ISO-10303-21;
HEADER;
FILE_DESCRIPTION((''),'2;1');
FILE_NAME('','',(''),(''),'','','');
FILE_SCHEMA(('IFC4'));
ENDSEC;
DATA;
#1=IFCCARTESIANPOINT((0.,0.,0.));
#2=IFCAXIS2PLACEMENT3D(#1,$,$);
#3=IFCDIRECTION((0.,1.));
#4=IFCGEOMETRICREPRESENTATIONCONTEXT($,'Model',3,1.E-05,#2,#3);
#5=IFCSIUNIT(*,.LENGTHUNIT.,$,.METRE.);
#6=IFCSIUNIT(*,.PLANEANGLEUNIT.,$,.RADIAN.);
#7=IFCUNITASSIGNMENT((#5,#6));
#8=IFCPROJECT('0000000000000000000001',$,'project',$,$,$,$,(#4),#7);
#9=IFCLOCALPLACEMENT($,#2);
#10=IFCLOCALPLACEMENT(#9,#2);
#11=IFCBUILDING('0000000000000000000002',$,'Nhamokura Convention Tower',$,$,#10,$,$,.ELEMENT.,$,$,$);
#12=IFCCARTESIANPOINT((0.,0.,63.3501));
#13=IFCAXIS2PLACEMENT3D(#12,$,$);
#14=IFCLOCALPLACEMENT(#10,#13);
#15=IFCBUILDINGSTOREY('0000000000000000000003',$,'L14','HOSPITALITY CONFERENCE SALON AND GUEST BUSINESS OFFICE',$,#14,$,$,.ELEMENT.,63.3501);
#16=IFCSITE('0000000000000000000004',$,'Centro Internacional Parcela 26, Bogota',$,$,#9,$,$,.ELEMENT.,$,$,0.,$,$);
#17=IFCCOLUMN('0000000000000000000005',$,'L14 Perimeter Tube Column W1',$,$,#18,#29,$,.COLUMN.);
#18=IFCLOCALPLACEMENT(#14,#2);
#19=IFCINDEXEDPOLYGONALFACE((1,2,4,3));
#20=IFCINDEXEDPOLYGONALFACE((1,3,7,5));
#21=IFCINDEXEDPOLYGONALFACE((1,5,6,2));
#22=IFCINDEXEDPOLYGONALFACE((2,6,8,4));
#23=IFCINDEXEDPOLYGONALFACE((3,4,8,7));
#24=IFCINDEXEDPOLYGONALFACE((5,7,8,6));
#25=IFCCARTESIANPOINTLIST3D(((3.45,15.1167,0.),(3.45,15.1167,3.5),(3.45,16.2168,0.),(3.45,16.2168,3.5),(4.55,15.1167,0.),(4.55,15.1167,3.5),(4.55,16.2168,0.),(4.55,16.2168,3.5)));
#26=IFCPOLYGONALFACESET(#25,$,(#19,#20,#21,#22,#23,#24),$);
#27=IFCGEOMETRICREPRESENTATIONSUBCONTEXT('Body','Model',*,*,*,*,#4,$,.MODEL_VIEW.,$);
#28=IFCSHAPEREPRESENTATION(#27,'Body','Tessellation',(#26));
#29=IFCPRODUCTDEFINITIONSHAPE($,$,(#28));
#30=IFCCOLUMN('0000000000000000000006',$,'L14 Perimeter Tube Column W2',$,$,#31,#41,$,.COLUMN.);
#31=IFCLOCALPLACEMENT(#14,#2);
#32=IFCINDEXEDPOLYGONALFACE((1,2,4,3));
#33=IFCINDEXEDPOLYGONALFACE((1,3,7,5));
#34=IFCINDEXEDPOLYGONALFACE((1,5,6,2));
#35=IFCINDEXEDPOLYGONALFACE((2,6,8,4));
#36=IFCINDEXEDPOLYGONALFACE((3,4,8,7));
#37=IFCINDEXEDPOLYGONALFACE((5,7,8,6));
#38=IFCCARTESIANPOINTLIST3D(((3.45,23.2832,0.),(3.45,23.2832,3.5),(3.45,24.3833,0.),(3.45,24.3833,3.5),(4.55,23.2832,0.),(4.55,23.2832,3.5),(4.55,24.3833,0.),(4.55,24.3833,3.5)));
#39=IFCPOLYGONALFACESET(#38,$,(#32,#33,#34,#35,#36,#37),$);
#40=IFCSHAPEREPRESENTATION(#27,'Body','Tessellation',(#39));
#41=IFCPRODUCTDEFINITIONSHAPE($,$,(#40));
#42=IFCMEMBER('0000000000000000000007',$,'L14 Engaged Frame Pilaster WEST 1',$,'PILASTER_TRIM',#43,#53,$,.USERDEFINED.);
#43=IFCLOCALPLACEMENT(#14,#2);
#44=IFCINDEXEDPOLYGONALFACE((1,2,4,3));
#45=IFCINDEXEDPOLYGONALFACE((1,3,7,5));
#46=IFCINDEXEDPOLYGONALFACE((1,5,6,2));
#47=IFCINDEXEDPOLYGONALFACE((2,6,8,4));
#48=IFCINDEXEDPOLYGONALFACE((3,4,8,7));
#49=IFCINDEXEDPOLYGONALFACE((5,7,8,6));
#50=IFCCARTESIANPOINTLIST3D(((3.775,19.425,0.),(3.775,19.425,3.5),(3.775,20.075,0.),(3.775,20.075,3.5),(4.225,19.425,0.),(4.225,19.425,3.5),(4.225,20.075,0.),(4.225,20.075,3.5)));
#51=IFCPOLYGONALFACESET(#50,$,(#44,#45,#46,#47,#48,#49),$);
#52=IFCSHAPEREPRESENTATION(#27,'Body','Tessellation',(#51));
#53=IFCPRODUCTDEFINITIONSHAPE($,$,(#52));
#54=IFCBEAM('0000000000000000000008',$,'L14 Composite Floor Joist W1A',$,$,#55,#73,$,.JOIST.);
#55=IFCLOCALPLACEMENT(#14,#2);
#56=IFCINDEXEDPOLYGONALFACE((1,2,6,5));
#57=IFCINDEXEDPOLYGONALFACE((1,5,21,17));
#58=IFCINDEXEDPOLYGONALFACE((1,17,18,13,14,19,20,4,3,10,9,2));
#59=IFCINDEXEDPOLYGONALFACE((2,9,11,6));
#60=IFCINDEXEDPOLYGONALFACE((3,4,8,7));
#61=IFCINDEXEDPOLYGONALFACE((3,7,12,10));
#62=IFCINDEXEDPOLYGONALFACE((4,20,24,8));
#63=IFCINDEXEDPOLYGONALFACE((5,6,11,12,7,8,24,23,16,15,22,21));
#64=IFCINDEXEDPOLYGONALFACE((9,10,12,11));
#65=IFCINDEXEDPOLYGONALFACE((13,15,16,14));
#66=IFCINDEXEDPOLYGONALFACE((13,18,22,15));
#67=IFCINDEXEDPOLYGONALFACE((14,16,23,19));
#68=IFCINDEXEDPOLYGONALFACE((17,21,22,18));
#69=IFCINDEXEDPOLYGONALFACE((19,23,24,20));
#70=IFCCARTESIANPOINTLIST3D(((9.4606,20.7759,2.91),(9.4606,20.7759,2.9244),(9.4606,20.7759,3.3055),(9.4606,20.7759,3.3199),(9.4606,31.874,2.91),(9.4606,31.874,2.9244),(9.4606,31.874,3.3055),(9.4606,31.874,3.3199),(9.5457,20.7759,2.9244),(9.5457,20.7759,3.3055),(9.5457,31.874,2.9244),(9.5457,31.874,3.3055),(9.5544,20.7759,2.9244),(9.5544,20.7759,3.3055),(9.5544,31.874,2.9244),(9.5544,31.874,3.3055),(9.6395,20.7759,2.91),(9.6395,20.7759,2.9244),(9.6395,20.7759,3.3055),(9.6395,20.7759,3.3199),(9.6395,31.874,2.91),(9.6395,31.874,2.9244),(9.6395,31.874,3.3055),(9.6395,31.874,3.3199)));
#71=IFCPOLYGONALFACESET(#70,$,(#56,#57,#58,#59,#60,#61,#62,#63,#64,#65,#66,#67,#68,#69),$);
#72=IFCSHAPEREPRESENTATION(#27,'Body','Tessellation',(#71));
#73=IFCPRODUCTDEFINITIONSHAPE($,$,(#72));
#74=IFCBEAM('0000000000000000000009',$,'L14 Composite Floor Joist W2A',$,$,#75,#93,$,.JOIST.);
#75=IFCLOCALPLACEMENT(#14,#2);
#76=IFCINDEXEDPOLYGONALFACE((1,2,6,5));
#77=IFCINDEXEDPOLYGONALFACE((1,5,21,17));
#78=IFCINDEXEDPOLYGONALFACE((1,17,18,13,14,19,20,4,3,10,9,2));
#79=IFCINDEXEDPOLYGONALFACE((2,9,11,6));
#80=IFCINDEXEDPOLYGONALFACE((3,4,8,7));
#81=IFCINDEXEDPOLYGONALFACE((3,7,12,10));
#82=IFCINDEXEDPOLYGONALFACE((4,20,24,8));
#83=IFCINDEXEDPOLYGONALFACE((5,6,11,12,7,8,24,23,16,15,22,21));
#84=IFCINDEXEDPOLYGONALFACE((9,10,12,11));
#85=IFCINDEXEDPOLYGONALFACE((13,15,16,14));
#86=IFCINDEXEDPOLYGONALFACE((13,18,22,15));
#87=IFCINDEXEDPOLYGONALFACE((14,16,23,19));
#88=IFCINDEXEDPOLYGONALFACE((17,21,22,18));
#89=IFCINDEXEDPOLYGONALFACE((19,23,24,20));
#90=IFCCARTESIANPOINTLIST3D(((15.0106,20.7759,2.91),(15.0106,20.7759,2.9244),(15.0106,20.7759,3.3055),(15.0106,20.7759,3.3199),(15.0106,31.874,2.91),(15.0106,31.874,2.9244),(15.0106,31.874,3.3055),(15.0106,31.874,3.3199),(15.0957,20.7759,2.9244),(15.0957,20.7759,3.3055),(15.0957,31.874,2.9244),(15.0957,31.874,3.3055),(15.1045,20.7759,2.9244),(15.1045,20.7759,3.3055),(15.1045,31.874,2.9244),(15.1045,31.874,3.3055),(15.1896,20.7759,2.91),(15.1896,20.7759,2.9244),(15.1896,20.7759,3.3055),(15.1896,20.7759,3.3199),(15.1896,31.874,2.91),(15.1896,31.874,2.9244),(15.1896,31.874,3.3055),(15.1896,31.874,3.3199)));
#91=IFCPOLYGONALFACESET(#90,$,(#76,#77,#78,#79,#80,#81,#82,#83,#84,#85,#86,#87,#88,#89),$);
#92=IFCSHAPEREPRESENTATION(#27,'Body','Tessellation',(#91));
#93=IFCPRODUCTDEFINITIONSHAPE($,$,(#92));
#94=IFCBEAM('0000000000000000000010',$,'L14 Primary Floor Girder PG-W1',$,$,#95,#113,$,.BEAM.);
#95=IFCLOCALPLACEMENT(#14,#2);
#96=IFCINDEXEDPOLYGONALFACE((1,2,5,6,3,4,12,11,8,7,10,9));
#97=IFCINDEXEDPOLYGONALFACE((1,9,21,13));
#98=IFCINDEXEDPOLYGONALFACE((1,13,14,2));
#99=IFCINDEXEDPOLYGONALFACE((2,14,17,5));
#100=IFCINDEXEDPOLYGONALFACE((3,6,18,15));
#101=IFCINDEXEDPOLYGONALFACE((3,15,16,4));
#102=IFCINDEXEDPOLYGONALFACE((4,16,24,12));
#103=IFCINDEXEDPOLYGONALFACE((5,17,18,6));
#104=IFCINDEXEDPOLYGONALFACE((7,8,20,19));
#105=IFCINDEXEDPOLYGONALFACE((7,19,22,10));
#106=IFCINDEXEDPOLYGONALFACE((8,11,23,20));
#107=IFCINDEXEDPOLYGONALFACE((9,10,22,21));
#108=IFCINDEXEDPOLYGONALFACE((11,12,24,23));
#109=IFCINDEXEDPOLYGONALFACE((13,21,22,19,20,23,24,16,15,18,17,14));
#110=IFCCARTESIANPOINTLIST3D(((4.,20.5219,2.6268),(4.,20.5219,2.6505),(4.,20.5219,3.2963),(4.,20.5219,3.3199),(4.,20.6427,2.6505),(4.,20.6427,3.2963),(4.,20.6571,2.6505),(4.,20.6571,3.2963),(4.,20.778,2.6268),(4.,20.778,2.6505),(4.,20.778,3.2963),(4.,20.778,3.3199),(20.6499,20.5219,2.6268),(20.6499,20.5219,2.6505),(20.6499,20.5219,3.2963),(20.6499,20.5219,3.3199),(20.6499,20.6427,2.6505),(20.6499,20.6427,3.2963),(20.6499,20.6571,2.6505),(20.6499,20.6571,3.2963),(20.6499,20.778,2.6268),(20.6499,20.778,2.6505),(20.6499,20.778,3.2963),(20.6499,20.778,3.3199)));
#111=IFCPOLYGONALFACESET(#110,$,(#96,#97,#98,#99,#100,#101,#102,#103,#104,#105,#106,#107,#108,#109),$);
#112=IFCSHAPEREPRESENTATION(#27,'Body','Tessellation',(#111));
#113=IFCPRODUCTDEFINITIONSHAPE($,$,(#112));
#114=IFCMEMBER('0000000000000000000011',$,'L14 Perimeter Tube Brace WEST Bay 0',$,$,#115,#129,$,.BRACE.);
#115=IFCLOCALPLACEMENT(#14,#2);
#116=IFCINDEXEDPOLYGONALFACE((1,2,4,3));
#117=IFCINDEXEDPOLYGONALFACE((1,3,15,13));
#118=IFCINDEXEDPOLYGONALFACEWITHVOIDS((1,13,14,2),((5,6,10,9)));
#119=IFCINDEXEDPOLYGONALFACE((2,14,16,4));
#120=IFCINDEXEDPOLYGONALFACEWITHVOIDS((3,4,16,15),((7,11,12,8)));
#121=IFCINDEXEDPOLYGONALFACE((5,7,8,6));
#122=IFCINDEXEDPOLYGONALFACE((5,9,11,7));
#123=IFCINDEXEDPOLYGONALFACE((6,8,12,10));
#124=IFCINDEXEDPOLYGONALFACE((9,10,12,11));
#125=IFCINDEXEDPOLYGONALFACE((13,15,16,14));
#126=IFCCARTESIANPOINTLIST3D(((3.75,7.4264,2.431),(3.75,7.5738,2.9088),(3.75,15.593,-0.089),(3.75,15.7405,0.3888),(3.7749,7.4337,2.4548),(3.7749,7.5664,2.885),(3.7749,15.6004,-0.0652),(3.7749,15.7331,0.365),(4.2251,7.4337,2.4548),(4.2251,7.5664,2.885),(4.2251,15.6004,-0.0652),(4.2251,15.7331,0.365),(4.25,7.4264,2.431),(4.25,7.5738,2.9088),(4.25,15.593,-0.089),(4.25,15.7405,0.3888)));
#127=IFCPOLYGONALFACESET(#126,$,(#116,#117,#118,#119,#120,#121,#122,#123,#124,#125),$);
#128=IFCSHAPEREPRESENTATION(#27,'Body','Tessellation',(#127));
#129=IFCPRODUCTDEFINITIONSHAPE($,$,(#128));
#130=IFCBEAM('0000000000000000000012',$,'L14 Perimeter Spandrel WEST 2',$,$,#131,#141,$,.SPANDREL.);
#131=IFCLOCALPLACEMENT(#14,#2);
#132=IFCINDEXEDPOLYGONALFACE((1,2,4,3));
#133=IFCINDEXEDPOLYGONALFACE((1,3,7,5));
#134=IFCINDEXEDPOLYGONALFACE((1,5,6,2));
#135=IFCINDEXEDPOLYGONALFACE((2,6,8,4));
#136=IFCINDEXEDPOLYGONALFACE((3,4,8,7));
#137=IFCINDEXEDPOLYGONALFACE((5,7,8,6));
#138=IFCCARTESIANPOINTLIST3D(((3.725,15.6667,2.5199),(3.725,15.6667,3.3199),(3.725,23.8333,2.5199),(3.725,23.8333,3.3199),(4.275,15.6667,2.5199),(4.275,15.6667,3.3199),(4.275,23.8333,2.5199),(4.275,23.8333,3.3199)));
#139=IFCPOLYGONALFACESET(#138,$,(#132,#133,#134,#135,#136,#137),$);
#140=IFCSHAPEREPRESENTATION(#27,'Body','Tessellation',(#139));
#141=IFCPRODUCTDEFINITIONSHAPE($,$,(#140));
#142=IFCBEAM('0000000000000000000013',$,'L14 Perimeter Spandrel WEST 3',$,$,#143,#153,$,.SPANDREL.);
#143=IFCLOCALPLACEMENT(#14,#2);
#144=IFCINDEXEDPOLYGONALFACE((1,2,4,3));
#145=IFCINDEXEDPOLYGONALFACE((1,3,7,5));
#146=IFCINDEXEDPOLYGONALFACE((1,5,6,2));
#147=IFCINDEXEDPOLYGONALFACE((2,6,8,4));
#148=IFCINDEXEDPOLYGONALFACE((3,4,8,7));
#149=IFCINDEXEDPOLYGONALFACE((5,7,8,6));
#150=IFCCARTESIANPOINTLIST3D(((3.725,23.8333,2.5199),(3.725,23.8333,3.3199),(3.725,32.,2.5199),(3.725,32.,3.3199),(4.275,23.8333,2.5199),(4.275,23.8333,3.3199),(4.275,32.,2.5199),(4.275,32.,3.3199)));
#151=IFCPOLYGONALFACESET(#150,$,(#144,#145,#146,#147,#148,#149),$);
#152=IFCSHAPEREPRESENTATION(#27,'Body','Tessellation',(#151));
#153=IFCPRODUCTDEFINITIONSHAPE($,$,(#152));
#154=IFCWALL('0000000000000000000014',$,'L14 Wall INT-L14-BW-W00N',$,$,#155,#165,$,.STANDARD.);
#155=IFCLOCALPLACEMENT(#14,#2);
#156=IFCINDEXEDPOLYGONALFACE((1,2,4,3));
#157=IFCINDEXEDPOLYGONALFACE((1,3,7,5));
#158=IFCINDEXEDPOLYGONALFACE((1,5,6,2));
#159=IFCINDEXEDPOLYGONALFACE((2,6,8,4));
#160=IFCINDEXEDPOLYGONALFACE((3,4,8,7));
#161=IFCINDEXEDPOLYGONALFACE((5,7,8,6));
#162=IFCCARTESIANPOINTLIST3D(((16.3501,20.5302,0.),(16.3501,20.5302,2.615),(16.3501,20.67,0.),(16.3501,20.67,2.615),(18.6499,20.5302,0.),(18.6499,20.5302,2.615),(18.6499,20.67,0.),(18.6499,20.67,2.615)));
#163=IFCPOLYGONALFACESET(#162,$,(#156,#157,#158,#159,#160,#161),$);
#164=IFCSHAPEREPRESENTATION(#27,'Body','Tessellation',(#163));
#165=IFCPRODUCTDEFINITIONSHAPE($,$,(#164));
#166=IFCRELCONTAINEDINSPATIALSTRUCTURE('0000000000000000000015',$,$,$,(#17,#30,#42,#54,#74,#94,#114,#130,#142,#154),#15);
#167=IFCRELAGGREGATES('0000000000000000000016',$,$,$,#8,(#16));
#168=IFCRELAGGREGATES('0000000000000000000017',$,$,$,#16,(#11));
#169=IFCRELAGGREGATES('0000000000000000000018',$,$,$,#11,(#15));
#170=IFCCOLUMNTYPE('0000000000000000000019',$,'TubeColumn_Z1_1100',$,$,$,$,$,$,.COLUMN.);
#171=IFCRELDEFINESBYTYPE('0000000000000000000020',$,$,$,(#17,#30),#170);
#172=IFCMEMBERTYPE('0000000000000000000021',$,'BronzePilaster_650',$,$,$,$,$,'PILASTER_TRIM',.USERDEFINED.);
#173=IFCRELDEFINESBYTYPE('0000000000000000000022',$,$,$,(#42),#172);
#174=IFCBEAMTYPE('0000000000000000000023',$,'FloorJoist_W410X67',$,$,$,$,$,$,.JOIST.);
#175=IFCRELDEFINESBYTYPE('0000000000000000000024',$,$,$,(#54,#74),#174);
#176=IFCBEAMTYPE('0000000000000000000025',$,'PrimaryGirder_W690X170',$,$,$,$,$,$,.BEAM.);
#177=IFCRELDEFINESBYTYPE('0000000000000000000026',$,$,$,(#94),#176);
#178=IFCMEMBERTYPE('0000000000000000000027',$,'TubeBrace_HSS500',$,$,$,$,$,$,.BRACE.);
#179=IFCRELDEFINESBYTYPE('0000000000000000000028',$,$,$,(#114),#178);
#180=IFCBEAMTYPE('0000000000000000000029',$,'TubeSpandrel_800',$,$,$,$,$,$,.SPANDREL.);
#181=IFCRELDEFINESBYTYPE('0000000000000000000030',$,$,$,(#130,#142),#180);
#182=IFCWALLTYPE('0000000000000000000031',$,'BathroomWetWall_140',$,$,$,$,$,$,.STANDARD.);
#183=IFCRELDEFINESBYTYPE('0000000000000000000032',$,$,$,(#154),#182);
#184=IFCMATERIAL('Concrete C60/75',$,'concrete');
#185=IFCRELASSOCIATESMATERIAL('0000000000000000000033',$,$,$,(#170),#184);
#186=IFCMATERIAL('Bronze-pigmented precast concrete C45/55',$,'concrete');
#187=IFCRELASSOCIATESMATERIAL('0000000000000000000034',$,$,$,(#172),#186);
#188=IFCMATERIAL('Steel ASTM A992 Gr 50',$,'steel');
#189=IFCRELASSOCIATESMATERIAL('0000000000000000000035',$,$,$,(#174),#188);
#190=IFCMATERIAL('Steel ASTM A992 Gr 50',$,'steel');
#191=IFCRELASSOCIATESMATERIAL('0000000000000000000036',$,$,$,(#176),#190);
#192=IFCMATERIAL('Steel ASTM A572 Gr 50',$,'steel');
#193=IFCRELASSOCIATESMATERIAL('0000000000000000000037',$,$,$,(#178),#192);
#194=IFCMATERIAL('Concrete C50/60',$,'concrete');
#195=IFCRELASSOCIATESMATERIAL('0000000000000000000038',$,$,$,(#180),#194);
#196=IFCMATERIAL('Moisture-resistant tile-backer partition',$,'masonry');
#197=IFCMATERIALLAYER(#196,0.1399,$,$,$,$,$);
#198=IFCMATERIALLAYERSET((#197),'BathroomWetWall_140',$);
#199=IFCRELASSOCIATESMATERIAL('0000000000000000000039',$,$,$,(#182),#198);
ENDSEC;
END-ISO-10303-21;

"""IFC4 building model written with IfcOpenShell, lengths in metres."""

from ifc_helpers import new_model, si_unit, direction, frame, frame_2d, origin, origin_2d, place, context, subcontext, project, spatial, rectangle, hollow_rectangle, i_section, extrude, material, layer, layer_set, material_profile, profile_set, type_object, element, save


model = new_model("IFC4")

# Units and contexts
model_context = context("Model", 3, precision=1e-05, world=origin(), true_north=direction((0.0, 1.0)))
body_context = subcontext(model_context, "Body", "Model", "MODEL_VIEW")
ifc_project = project(units=[si_unit("LENGTHUNIT", "METRE"), si_unit("PLANEANGLEUNIT", "RADIAN")], contexts=[model_context])

# Site, building, storey
site_placement = place(None, origin())
site = spatial("IfcSite", under=ifc_project, at=site_placement, Name="Centro Internacional Parcela 26, Bogota", CompositionType="ELEMENT", RefElevation=0.0)
building_placement = place(site_placement, origin())
building = spatial("IfcBuilding", under=site, at=building_placement, Name="Nhamokura Convention Tower", CompositionType="ELEMENT")
storey_placement = place(building_placement, frame((0.0, 0.0, 63.3501)))
storey = spatial("IfcBuildingStorey", under=building, at=storey_placement, Name="L14", Description="HOSPITALITY CONFERENCE SALON AND GUEST BUSINESS OFFICE", CompositionType="ELEMENT", Elevation=63.3501)

# Columns
ifc_material_1 = material(Name="Concrete C60/75", Category="concrete")
ifc_material_profile_1 = material_profile(ifc_material_1, rectangle(XDim=1.1001, YDim=1.1001, at=origin_2d()))
ifc_profile_set_1 = profile_set([ifc_material_profile_1], Name="Concrete C60/75")
column_type = type_object("IfcColumnType", Name="TubeColumn_Z1_1100", PredefinedType="COLUMN", material=ifc_profile_set_1)
for number, where, z_axis, x_axis, name in (
    (1, (4.0, 15.6667, 0.0), (0.0, 0.0, 1.0), (1.0, 0.0, 0.0), "L14 Perimeter Tube Column W1"),
    (2, (4.0, 23.8333, 0.0), (0.0, 0.0, 1.0), (1.0, 0.0, 0.0), "L14 Perimeter Tube Column W2"),
):
    element("IfcColumn", number, at=place(storey_placement, frame(where, z_axis=z_axis, x_axis=x_axis)), inside=storey, type_object=column_type, Name=name, PredefinedType="COLUMN", context=body_context, shape_type="SweptSolid", body=[
        extrude(rectangle(XDim=1.1001, YDim=1.1001, at=origin_2d()), origin(), (0.0, 0.0, 1.0), 3.5),
    ])

# Member
ifc_material_2 = material(Name="Bronze-pigmented precast concrete C45/55", Category="concrete")
ifc_material_profile_2 = material_profile(ifc_material_2, rectangle(XDim=0.45, YDim=0.6499, at=origin_2d()))
ifc_profile_set_2 = profile_set([ifc_material_profile_2], Name="Bronze-pigmented precast concrete C45/55")
member_type_1 = type_object("IfcMemberType", Name="BronzePilaster_650", ElementType="PILASTER_TRIM", PredefinedType="USERDEFINED", material=ifc_profile_set_2)
member_1_placement = place(storey_placement, frame((4.0, 19.75, 0.0), z_axis=(0.0, 0.0, 1.0), x_axis=(1.0, 0.0, 0.0)))
element("IfcMember", 3, at=member_1_placement, inside=storey, type_object=member_type_1, Name="L14 Engaged Frame Pilaster WEST 1", ObjectType="PILASTER_TRIM", PredefinedType="USERDEFINED", context=body_context, shape_type="SweptSolid", body=[
    extrude(rectangle(XDim=0.45, YDim=0.6499, at=origin_2d()), origin(), (0.0, 0.0, 1.0), 3.5),
])

# Beams
ifc_material_3 = material(Name="Steel ASTM A992 Gr 50", Category="steel")
ifc_material_profile_3 = material_profile(ifc_material_3, i_section(OverallWidth=0.179, OverallDepth=0.4099, WebThickness=0.0088, FlangeThickness=0.0144, at=origin_2d()))
ifc_profile_set_3 = profile_set([ifc_material_profile_3], Name="Steel ASTM A992 Gr 50")
beam_type_1 = type_object("IfcBeamType", Name="FloorJoist_W410X67", PredefinedType="JOIST", material=ifc_profile_set_3)
for number, where, z_axis, x_axis, name in (
    (4, (9.55, 20.7759, 3.115), (0.0, 1.0, 0.0), (-1.0, 0.0, 0.0), "L14 Composite Floor Joist W1A"),
    (5, (15.1001, 20.7759, 3.115), (0.0, 1.0, 0.0), (-1.0, 0.0, 0.0), "L14 Composite Floor Joist W2A"),
):
    element("IfcBeam", number, at=place(storey_placement, frame(where, z_axis=z_axis, x_axis=x_axis)), inside=storey, type_object=beam_type_1, Name=name, PredefinedType="JOIST", context=body_context, shape_type="SweptSolid", body=[
        extrude(i_section(OverallWidth=0.179, OverallDepth=0.4099, WebThickness=0.0088, FlangeThickness=0.0144, at=origin_2d()), origin(), (0.0, 0.0, 1.0), 11.0981),
    ])
ifc_material_4 = material(Name="Steel ASTM A992 Gr 50", Category="steel")
ifc_material_profile_4 = material_profile(ifc_material_4, i_section(OverallWidth=0.2561, OverallDepth=0.6931, WebThickness=0.0144, FlangeThickness=0.0237, at=origin_2d()))
ifc_profile_set_4 = profile_set([ifc_material_profile_4], Name="Steel ASTM A992 Gr 50")
beam_type_2 = type_object("IfcBeamType", Name="PrimaryGirder_W690X170", PredefinedType="BEAM", material=ifc_profile_set_4)
beam_1_placement = place(storey_placement, frame((4.0, 20.6499, 2.9734), z_axis=(1.0, 0.0, 0.0), x_axis=(0.0, 1.0, 0.0)))
element("IfcBeam", 6, at=beam_1_placement, inside=storey, type_object=beam_type_2, Name="L14 Primary Floor Girder PG-W1", PredefinedType="BEAM", context=body_context, shape_type="SweptSolid", body=[
    extrude(i_section(OverallWidth=0.2561, OverallDepth=0.6931, WebThickness=0.0144, FlangeThickness=0.0237, at=origin_2d()), origin(), (0.0, 0.0, 1.0), 16.6499),
])

# Member
ifc_material_5 = material(Name="Steel ASTM A572 Gr 50", Category="steel")
ifc_material_profile_5 = material_profile(ifc_material_5, hollow_rectangle(XDim=0.5, YDim=0.5, WallThickness=0.0249, at=origin_2d()))
ifc_profile_set_5 = profile_set([ifc_material_profile_5], Name="Steel ASTM A572 Gr 50")
member_type_2 = type_object("IfcMemberType", Name="TubeBrace_HSS500", PredefinedType="BRACE", material=ifc_profile_set_5)
member_2_placement = place(storey_placement, frame((4.0, 15.6667, 0.1499), z_axis=(0.0, -0.955543, 0.294853), x_axis=(1.0, 0.0, 0.0)))
element("IfcMember", 7, at=member_2_placement, inside=storey, type_object=member_type_2, Name="L14 Perimeter Tube Brace WEST Bay 0", PredefinedType="BRACE", context=body_context, shape_type="SweptSolid", body=[
    extrude(hollow_rectangle(XDim=0.5, YDim=0.5, WallThickness=0.0249, at=origin_2d()), origin(), (0.0, 0.0, 1.0), 8.5466),
])

# Beams
ifc_material_6 = material(Name="Concrete C50/60", Category="concrete")
ifc_material_profile_6 = material_profile(ifc_material_6, rectangle(XDim=0.55, YDim=0.8, at=origin_2d()))
ifc_profile_set_6 = profile_set([ifc_material_profile_6], Name="Concrete C50/60")
beam_type_3 = type_object("IfcBeamType", Name="TubeSpandrel_800", PredefinedType="SPANDREL", material=ifc_profile_set_6)
beam_2_placement = place(storey_placement, frame((4.0, 15.6667, 2.9199), z_axis=(0.0, 1.0, 0.0), x_axis=(-1.0, 0.0, 0.0)))
element("IfcBeam", 8, at=beam_2_placement, inside=storey, type_object=beam_type_3, Name="L14 Perimeter Spandrel WEST 2", PredefinedType="SPANDREL", context=body_context, shape_type="SweptSolid", body=[
    extrude(rectangle(XDim=0.55, YDim=0.8, at=origin_2d()), origin(), (0.0, 0.0, 1.0), 8.1665),
])
beam_3_placement = place(storey_placement, frame((4.0, 23.8333, 2.9199), z_axis=(0.0, 1.0, 0.0), x_axis=(-1.0, 0.0, 0.0)))
element("IfcBeam", 9, at=beam_3_placement, inside=storey, type_object=beam_type_3, Name="L14 Perimeter Spandrel WEST 3", PredefinedType="SPANDREL", context=body_context, shape_type="SweptSolid", body=[
    extrude(rectangle(XDim=0.55, YDim=0.8, at=origin_2d()), origin(), (0.0, 0.0, 1.0), 8.1667),
])

# Wall
ifc_material_7 = material(Name="Moisture-resistant tile-backer partition", Category="masonry")
ifc_layer_1 = layer(ifc_material_7, 0.1399)
ifc_layer_set_1 = layer_set([ifc_layer_1], Name="BathroomWetWall_140")
wall_type_1 = type_object("IfcWallType", Name="BathroomWetWall_140", PredefinedType="STANDARD", material=ifc_layer_set_1)
wall_1_placement = place(storey_placement, frame((16.3501, 20.6001, 0.0), z_axis=(0.0, 0.0, 1.0), x_axis=(1.0, 0.0, 0.0)))
element("IfcWall", 10, at=wall_1_placement, inside=storey, type_object=wall_type_1, Name="L14 Wall INT-L14-BW-W00N", PredefinedType="STANDARD", context=body_context, shape_type="SweptSolid", body=[
    extrude(rectangle(XDim=2.2998, YDim=0.1399, at=frame_2d((1.1499, 0.0))), origin(), (0.0, 0.0, 1.0), 2.615),
])

save(model, "model.ifc")
